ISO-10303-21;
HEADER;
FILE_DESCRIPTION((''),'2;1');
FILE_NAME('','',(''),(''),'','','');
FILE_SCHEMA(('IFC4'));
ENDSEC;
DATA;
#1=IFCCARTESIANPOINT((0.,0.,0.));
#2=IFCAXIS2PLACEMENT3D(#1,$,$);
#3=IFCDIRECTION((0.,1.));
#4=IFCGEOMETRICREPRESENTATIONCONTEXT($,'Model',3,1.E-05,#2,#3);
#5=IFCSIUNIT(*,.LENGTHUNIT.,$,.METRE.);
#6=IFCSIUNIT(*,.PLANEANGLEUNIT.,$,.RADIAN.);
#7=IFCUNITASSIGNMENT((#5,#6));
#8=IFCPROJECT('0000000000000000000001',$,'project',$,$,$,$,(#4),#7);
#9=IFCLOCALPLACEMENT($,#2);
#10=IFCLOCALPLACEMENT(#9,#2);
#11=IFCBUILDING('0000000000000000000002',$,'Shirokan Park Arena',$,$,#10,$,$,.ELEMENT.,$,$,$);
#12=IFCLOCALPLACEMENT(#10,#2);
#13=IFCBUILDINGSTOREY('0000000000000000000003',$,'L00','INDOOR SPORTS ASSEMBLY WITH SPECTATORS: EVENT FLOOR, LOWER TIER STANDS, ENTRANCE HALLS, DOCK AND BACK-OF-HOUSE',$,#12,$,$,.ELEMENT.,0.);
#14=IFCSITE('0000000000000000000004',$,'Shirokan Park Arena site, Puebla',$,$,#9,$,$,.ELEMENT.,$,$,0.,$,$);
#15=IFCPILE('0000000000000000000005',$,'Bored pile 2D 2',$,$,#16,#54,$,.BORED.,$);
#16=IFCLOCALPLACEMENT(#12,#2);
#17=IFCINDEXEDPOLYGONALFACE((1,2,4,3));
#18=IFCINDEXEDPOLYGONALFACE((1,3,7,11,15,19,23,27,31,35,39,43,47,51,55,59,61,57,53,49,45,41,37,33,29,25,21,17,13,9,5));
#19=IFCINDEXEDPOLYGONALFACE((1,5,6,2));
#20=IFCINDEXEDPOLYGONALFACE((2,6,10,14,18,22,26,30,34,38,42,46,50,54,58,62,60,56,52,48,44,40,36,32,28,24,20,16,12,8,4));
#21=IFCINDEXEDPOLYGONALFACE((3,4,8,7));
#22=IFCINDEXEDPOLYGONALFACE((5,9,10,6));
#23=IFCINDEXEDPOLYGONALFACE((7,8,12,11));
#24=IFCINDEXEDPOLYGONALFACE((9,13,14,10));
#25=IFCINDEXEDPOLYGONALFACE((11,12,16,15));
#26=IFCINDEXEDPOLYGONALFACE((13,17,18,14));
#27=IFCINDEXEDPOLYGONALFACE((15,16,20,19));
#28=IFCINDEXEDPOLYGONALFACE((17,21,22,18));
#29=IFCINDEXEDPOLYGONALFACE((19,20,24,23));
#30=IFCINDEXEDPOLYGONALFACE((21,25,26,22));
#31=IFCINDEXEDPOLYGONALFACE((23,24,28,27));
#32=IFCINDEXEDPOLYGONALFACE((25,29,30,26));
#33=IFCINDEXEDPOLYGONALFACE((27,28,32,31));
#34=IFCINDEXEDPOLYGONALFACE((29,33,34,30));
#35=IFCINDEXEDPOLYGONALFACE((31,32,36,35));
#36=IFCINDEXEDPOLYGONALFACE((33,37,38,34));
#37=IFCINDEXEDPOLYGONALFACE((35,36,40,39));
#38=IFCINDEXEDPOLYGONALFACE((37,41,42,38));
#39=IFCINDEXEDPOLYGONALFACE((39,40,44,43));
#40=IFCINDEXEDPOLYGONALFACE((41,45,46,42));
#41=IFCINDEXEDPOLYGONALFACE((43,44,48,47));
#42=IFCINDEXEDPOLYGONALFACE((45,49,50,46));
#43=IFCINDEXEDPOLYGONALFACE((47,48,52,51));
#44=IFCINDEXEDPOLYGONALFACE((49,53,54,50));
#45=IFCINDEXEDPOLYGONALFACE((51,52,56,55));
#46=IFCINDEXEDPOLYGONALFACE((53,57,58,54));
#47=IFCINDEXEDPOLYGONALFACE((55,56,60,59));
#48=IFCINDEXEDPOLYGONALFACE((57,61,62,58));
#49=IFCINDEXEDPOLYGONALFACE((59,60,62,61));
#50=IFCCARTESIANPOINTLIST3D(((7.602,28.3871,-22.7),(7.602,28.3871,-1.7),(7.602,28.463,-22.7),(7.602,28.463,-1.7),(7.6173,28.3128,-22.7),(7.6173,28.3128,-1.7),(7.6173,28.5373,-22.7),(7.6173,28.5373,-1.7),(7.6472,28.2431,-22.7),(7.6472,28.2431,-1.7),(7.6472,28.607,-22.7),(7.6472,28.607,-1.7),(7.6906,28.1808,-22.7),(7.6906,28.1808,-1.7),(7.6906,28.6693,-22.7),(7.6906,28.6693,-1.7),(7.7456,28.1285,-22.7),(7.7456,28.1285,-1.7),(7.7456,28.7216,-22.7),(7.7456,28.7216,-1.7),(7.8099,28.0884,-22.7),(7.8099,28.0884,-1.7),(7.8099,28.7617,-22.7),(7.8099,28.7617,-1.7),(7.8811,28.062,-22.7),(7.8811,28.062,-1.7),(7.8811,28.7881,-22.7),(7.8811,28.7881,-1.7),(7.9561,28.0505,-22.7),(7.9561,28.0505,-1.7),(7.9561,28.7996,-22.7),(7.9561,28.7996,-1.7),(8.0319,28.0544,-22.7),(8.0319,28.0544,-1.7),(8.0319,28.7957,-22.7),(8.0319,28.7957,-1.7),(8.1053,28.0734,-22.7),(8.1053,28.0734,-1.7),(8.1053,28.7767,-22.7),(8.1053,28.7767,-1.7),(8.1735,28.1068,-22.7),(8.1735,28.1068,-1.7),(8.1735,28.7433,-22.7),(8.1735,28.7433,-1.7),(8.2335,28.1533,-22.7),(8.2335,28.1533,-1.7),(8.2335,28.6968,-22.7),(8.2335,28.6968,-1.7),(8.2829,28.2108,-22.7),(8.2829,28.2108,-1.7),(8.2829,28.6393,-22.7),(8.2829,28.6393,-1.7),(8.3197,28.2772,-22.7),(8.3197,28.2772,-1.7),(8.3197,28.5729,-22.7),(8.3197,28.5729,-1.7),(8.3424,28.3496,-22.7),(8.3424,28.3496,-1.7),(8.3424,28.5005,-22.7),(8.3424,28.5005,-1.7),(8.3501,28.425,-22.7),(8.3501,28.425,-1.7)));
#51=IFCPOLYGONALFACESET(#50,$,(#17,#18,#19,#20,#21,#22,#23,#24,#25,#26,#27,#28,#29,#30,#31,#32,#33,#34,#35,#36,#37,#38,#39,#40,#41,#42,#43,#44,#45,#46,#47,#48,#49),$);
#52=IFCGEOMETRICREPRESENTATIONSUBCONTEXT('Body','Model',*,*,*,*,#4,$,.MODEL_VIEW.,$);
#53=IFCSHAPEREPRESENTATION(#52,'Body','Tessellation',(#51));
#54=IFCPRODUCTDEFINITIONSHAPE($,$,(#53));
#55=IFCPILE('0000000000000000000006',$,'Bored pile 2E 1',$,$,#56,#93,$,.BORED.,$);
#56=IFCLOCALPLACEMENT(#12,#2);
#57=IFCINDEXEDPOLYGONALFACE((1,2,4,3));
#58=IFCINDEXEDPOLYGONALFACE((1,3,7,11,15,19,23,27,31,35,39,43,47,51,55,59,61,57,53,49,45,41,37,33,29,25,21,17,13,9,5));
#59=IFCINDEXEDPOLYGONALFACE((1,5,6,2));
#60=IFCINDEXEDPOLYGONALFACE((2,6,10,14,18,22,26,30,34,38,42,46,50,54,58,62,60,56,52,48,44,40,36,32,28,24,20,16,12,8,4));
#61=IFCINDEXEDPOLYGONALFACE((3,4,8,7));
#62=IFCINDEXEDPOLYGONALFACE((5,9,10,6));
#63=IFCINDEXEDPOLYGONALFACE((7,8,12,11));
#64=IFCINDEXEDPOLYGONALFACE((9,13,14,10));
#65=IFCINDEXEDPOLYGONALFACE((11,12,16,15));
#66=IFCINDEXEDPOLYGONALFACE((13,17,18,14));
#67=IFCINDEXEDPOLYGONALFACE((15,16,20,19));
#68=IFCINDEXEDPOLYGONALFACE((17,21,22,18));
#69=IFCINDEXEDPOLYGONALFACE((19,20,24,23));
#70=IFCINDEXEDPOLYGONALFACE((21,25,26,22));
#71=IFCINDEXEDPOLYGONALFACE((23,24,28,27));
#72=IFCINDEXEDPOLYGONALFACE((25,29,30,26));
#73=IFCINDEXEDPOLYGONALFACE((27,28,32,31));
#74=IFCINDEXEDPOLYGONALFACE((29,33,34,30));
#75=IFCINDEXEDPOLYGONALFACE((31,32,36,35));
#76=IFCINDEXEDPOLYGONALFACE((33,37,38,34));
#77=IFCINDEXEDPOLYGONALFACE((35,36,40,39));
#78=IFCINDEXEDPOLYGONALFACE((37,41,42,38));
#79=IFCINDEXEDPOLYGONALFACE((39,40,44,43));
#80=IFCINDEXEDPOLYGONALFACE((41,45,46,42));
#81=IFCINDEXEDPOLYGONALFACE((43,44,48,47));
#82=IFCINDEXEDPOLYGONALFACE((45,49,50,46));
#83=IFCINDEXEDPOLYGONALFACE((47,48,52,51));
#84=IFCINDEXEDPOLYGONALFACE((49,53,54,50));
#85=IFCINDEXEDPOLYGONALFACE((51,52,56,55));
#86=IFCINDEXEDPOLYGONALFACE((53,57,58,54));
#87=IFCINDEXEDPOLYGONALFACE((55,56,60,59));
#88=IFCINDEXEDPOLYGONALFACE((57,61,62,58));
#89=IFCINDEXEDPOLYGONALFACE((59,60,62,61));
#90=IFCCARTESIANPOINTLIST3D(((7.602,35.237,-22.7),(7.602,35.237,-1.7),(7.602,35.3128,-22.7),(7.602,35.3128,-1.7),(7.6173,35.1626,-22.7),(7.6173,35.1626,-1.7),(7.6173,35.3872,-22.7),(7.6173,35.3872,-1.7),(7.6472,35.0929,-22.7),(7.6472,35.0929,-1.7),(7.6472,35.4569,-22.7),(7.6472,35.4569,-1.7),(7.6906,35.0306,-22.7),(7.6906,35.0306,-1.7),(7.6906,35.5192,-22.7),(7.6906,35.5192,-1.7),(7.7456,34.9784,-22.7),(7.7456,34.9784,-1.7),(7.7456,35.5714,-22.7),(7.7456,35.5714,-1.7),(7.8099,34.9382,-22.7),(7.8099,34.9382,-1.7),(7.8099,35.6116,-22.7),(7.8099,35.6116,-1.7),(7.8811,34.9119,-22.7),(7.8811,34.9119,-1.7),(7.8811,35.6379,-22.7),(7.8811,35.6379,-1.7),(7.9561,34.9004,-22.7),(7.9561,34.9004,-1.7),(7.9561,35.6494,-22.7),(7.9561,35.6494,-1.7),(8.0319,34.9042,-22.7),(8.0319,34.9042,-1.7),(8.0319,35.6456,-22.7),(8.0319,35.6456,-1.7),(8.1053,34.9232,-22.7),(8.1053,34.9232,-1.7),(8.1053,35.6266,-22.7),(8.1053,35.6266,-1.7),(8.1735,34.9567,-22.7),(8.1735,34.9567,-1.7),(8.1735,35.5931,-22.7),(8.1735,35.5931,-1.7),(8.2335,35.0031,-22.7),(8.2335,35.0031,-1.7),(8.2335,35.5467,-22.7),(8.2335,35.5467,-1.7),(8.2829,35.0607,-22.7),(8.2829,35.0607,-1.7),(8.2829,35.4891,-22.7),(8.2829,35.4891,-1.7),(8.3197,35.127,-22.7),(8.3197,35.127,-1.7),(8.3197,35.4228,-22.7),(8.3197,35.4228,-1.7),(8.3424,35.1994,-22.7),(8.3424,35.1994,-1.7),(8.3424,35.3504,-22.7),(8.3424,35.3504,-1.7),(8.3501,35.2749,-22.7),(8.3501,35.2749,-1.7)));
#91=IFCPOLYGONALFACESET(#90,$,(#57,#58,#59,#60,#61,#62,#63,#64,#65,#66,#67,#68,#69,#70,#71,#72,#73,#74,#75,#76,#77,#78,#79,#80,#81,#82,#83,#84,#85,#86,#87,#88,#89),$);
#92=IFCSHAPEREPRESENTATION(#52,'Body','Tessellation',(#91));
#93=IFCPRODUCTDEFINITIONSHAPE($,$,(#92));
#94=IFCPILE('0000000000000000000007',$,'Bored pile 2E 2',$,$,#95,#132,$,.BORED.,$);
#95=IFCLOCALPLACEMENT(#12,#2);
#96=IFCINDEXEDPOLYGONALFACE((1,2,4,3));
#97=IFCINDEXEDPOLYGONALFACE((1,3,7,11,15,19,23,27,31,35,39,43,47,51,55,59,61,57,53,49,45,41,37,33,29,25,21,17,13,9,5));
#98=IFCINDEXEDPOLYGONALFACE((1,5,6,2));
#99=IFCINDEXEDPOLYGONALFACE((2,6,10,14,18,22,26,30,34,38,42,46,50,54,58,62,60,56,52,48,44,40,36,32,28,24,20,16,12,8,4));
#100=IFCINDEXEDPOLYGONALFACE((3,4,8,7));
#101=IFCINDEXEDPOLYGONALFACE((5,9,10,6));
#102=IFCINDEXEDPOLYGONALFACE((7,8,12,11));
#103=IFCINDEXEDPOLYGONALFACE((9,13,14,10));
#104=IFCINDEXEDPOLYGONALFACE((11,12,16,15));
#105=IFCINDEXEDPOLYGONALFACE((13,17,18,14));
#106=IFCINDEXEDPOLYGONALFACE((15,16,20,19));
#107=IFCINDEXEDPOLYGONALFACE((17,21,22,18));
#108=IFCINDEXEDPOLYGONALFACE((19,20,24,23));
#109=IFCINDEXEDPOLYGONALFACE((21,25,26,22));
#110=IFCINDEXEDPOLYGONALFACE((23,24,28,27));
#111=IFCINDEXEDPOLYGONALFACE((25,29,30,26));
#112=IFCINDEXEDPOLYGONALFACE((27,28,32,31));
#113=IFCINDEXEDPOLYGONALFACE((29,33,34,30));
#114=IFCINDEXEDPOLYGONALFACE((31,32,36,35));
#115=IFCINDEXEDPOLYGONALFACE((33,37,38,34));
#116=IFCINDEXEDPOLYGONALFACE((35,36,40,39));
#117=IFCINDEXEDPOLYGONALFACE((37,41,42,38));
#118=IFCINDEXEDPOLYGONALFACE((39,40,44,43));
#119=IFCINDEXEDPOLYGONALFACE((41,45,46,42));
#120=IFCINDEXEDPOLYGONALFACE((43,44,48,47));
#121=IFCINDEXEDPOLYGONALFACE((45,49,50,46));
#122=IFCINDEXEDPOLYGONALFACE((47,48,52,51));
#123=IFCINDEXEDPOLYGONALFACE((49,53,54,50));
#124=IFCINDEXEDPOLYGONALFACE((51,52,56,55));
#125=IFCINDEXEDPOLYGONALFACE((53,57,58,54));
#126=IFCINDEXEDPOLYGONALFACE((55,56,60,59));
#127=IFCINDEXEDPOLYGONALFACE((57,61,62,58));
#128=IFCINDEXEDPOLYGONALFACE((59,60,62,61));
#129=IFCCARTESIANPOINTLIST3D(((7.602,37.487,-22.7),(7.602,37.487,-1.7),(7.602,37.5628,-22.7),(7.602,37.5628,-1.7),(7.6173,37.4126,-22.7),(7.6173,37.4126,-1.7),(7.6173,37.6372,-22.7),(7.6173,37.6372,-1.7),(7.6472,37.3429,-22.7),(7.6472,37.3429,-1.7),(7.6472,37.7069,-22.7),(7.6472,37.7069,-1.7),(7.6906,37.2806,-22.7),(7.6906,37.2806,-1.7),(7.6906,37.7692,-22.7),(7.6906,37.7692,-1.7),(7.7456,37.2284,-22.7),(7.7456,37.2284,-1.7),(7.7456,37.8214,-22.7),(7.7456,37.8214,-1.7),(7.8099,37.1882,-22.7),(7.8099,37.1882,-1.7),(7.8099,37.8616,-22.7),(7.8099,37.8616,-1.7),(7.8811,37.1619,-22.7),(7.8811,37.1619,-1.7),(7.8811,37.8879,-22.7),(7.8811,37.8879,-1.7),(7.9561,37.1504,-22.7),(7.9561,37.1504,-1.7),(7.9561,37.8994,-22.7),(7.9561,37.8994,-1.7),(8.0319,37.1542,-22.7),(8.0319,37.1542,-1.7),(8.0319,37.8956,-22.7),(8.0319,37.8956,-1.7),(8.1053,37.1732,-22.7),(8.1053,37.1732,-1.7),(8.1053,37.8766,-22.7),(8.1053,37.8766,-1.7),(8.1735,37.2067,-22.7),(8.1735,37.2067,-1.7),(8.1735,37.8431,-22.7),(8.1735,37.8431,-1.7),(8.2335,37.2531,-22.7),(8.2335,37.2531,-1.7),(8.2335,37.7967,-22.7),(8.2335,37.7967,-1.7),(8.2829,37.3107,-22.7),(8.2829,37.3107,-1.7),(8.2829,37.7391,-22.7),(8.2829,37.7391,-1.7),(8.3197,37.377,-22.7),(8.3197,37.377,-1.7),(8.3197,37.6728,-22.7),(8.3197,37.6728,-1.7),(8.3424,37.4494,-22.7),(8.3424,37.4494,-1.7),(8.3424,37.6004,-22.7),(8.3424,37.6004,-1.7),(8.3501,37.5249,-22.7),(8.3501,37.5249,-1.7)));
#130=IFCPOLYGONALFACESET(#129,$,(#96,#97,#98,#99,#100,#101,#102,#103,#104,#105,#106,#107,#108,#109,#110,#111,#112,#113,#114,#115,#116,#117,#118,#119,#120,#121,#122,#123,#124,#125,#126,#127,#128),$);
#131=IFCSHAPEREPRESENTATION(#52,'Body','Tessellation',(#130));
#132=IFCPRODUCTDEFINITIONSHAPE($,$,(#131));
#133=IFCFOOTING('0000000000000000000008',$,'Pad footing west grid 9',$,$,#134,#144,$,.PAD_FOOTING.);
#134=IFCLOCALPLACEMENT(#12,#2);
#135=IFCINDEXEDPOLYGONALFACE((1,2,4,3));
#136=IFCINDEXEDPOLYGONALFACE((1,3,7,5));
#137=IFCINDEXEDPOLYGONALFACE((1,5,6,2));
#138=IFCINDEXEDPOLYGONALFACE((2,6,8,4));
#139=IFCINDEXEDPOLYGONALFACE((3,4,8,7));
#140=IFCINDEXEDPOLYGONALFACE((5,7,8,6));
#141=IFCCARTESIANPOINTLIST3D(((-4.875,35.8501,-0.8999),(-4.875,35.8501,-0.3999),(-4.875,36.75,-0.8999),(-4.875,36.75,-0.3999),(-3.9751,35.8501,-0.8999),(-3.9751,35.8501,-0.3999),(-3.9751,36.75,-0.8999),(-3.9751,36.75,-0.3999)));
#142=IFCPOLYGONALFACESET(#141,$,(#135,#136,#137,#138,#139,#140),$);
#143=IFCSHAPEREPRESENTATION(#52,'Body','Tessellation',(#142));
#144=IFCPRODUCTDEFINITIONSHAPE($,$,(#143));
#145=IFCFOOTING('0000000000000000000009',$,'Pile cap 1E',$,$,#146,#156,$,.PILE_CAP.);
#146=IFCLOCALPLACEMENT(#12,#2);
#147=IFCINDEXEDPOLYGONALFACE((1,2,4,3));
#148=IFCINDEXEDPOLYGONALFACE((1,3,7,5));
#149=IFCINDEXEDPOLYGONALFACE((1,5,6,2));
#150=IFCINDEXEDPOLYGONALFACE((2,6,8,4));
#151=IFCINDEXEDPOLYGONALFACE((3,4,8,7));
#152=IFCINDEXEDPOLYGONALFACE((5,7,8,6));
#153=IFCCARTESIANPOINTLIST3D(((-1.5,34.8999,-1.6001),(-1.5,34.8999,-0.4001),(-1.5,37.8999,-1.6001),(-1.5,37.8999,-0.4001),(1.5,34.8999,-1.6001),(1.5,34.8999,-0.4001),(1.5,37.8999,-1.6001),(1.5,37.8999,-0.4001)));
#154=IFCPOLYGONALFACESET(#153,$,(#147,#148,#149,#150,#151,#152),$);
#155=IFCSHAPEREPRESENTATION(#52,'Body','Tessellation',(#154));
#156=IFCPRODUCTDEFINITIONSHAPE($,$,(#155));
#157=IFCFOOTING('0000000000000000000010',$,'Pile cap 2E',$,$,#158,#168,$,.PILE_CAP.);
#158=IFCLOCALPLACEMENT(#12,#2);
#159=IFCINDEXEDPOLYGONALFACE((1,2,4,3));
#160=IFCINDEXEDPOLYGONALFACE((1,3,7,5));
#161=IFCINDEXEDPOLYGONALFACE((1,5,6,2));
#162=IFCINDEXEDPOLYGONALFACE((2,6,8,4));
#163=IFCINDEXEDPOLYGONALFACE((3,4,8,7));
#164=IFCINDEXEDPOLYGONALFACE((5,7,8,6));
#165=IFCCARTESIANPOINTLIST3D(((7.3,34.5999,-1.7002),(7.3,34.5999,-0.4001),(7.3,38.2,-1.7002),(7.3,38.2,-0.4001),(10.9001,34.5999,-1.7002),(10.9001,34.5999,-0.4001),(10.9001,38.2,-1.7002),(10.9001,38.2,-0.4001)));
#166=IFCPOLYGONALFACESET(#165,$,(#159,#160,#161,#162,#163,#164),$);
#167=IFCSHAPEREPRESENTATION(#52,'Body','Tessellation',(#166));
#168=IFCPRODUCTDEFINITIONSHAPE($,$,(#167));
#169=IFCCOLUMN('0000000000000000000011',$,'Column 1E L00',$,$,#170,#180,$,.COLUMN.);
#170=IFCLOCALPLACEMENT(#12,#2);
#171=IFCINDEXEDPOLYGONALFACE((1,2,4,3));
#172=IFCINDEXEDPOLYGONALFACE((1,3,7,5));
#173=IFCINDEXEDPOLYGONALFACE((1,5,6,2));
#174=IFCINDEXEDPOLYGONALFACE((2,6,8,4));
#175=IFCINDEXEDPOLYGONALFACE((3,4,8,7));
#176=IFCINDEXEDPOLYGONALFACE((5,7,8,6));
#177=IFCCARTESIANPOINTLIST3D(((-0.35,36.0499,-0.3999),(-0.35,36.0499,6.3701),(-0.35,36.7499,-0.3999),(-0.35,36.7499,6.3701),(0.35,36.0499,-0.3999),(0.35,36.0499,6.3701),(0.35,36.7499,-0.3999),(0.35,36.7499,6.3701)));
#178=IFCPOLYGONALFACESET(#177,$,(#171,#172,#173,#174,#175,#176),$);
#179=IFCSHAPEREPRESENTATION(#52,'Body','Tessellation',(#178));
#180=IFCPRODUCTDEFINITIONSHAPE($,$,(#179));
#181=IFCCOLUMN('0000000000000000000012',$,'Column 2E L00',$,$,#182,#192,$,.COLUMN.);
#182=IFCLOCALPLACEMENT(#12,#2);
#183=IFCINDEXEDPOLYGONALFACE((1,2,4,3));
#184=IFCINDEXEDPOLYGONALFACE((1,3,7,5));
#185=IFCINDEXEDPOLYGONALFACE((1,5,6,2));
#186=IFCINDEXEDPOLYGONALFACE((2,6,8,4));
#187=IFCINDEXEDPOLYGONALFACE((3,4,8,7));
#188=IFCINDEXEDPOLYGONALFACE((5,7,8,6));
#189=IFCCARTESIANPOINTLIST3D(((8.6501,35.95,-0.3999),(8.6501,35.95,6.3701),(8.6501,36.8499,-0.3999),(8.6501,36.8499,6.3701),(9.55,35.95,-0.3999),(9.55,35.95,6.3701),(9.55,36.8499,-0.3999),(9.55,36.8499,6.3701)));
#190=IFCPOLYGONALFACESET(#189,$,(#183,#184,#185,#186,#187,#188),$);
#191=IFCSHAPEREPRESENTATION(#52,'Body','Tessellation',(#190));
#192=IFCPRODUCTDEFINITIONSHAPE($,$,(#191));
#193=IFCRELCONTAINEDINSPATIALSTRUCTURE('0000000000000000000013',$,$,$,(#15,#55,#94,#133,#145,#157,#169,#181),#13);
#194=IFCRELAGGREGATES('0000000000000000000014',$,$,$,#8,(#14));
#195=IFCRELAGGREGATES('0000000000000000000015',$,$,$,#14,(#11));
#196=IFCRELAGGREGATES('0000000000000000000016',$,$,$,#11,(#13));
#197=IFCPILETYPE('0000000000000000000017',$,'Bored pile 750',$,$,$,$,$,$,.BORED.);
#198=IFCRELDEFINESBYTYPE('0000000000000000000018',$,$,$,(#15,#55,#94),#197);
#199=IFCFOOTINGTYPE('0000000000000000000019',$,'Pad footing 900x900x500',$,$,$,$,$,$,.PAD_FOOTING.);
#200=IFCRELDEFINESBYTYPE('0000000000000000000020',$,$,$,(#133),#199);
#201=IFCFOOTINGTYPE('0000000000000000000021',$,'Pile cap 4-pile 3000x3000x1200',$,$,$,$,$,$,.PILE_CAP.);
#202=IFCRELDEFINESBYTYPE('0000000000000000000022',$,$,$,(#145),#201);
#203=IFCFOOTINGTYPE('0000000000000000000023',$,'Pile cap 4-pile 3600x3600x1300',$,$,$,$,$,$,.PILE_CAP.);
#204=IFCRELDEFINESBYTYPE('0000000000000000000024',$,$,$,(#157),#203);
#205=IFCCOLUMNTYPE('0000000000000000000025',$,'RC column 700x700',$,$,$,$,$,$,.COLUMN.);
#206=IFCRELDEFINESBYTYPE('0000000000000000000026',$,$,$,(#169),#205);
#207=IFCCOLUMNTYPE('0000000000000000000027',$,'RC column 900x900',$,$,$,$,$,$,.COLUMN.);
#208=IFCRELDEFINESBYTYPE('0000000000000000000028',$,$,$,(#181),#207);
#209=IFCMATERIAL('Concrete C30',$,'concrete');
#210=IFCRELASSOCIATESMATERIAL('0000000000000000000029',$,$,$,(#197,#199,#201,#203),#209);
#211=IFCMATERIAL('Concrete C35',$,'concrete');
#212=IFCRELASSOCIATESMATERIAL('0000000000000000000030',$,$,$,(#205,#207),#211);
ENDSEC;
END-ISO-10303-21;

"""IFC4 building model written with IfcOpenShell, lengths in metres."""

from ifc_helpers import new_model, si_unit, direction, frame, origin, origin_2d, place, context, subcontext, project, spatial, rectangle, circle, extrude, material, material_profile, profile_set, type_object, element, save


model = new_model("IFC4")

# Units and contexts
model_context = context("Model", 3, precision=1e-05, world=origin(), true_north=direction((0.0, 1.0)))
body_context = subcontext(model_context, "Body", "Model", "MODEL_VIEW")
ifc_project = project(units=[si_unit("LENGTHUNIT", "METRE"), si_unit("PLANEANGLEUNIT", "RADIAN")], contexts=[model_context])

# Site, building, storey
site_placement = place(None, origin())
site = spatial("IfcSite", under=ifc_project, at=site_placement, Name="Shirokan Park Arena site, Puebla", CompositionType="ELEMENT", RefElevation=0.0)
building_placement = place(site_placement, origin())
building = spatial("IfcBuilding", under=site, at=building_placement, Name="Shirokan Park Arena", CompositionType="ELEMENT")
storey_placement = place(building_placement, origin())
storey = spatial("IfcBuildingStorey", under=building, at=storey_placement, Name="L00", Description="INDOOR SPORTS ASSEMBLY WITH SPECTATORS: EVENT FLOOR, LOWER TIER STANDS, ENTRANCE HALLS, DOCK AND BACK-OF-HOUSE", CompositionType="ELEMENT", Elevation=0.0)

# Piles
ifc_material_1 = material(Name="Concrete C30", Category="concrete")
ifc_material_profile_1 = material_profile(ifc_material_1, circle(Radius=0.375, at=origin_2d()), Name="D750")
ifc_profile_set_1 = profile_set([ifc_material_profile_1], Name="Concrete C30")
pile_type_1 = type_object("IfcPileType", Name="Bored pile 750", PredefinedType="BORED", material=ifc_profile_set_1)
for number, where, z_axis, x_axis, name in (
    (1, (7.9751, 28.425, -1.7), (0.0, 0.0, -1.0), (1.0, 0.0, 0.0), "Bored pile 2D 2"),
    (2, (7.9751, 35.2749, -1.7), (0.0, 0.0, -1.0), (1.0, 0.0, 0.0), "Bored pile 2E 1"),
    (3, (7.9751, 37.5249, -1.7), (0.0, 0.0, -1.0), (1.0, 0.0, 0.0), "Bored pile 2E 2"),
):
    element("IfcPile", number, at=place(storey_placement, frame(where, z_axis=z_axis, x_axis=x_axis)), inside=storey, type_object=pile_type_1, Name=name, PredefinedType="BORED", context=body_context, shape_type="SweptSolid", body=[
        extrude(circle(Radius=0.375, at=origin_2d()), origin(), (0.0, 0.0, 1.0), 21.0),
    ])

# Footings
footing_type_1 = type_object("IfcFootingType", Name="Pad footing 900x900x500", PredefinedType="PAD_FOOTING", material=ifc_material_1)
footing_1_placement = place(storey_placement, frame((-4.425, 36.3, -0.8999), z_axis=(0.0, 0.0, 1.0), x_axis=(1.0, 0.0, 0.0)))
element("IfcFooting", 4, at=footing_1_placement, inside=storey, type_object=footing_type_1, Name="Pad footing west grid 9", PredefinedType="PAD_FOOTING", context=body_context, shape_type="SweptSolid", body=[
    extrude(rectangle(XDim=0.8999, YDim=0.8999, at=origin_2d()), origin(), (0.0, 0.0, 1.0), 0.5),
])
footing_type_2 = type_object("IfcFootingType", Name="Pile cap 4-pile 3000x3000x1200", PredefinedType="PILE_CAP", material=ifc_material_1)
footing_2_placement = place(storey_placement, frame((0.0, 36.3999, -1.6001), z_axis=(0.0, 0.0, 1.0), x_axis=(1.0, 0.0, 0.0)))
element("IfcFooting", 5, at=footing_2_placement, inside=storey, type_object=footing_type_2, Name="Pile cap 1E", PredefinedType="PILE_CAP", context=body_context, shape_type="SweptSolid", body=[
    extrude(rectangle(XDim=3.0, YDim=3.0, at=origin_2d()), origin(), (0.0, 0.0, 1.0), 1.2),
])
footing_type_3 = type_object("IfcFootingType", Name="Pile cap 4-pile 3600x3600x1300", PredefinedType="PILE_CAP", material=ifc_material_1)
footing_3_placement = place(storey_placement, frame((9.1001, 36.3999, -1.7002), z_axis=(0.0, 0.0, 1.0), x_axis=(1.0, 0.0, 0.0)))
element("IfcFooting", 6, at=footing_3_placement, inside=storey, type_object=footing_type_3, Name="Pile cap 2E", PredefinedType="PILE_CAP", context=body_context, shape_type="SweptSolid", body=[
    extrude(rectangle(XDim=3.6001, YDim=3.6001, at=origin_2d()), origin(), (0.0, 0.0, 1.0), 1.3),
])

# Columns
ifc_material_2 = material(Name="Concrete C35", Category="concrete")
ifc_material_profile_2 = material_profile(ifc_material_2, rectangle(XDim=0.7, YDim=0.7, at=origin_2d()), Name="700x700")
ifc_profile_set_2 = profile_set([ifc_material_profile_2], Name="Concrete C35")
column_type_1 = type_object("IfcColumnType", Name="RC column 700x700", PredefinedType="COLUMN", material=ifc_profile_set_2)
column_1_placement = place(storey_placement, frame((0.0, 36.3999, -0.3999), z_axis=(0.0, 0.0, 1.0), x_axis=(1.0, 0.0, 0.0)))
element("IfcColumn", 7, at=column_1_placement, inside=storey, type_object=column_type_1, Name="Column 1E L00", PredefinedType="COLUMN", context=body_context, shape_type="SweptSolid", body=[
    extrude(rectangle(XDim=0.7, YDim=0.7, at=origin_2d()), origin(), (0.0, 0.0, 1.0), 6.77),
])
ifc_material_profile_3 = material_profile(ifc_material_2, rectangle(XDim=0.8999, YDim=0.8999, at=origin_2d()), Name="900x900")
ifc_profile_set_3 = profile_set([ifc_material_profile_3], Name="Concrete C35")
column_type_2 = type_object("IfcColumnType", Name="RC column 900x900", PredefinedType="COLUMN", material=ifc_profile_set_3)
column_2_placement = place(storey_placement, frame((9.1001, 36.3999, -0.3999), z_axis=(0.0, 0.0, 1.0), x_axis=(1.0, 0.0, 0.0)))
element("IfcColumn", 8, at=column_2_placement, inside=storey, type_object=column_type_2, Name="Column 2E L00", PredefinedType="COLUMN", context=body_context, shape_type="SweptSolid", body=[
    extrude(rectangle(XDim=0.8999, YDim=0.8999, at=origin_2d()), origin(), (0.0, 0.0, 1.0), 6.77),
])

save(model, "model.ifc")
